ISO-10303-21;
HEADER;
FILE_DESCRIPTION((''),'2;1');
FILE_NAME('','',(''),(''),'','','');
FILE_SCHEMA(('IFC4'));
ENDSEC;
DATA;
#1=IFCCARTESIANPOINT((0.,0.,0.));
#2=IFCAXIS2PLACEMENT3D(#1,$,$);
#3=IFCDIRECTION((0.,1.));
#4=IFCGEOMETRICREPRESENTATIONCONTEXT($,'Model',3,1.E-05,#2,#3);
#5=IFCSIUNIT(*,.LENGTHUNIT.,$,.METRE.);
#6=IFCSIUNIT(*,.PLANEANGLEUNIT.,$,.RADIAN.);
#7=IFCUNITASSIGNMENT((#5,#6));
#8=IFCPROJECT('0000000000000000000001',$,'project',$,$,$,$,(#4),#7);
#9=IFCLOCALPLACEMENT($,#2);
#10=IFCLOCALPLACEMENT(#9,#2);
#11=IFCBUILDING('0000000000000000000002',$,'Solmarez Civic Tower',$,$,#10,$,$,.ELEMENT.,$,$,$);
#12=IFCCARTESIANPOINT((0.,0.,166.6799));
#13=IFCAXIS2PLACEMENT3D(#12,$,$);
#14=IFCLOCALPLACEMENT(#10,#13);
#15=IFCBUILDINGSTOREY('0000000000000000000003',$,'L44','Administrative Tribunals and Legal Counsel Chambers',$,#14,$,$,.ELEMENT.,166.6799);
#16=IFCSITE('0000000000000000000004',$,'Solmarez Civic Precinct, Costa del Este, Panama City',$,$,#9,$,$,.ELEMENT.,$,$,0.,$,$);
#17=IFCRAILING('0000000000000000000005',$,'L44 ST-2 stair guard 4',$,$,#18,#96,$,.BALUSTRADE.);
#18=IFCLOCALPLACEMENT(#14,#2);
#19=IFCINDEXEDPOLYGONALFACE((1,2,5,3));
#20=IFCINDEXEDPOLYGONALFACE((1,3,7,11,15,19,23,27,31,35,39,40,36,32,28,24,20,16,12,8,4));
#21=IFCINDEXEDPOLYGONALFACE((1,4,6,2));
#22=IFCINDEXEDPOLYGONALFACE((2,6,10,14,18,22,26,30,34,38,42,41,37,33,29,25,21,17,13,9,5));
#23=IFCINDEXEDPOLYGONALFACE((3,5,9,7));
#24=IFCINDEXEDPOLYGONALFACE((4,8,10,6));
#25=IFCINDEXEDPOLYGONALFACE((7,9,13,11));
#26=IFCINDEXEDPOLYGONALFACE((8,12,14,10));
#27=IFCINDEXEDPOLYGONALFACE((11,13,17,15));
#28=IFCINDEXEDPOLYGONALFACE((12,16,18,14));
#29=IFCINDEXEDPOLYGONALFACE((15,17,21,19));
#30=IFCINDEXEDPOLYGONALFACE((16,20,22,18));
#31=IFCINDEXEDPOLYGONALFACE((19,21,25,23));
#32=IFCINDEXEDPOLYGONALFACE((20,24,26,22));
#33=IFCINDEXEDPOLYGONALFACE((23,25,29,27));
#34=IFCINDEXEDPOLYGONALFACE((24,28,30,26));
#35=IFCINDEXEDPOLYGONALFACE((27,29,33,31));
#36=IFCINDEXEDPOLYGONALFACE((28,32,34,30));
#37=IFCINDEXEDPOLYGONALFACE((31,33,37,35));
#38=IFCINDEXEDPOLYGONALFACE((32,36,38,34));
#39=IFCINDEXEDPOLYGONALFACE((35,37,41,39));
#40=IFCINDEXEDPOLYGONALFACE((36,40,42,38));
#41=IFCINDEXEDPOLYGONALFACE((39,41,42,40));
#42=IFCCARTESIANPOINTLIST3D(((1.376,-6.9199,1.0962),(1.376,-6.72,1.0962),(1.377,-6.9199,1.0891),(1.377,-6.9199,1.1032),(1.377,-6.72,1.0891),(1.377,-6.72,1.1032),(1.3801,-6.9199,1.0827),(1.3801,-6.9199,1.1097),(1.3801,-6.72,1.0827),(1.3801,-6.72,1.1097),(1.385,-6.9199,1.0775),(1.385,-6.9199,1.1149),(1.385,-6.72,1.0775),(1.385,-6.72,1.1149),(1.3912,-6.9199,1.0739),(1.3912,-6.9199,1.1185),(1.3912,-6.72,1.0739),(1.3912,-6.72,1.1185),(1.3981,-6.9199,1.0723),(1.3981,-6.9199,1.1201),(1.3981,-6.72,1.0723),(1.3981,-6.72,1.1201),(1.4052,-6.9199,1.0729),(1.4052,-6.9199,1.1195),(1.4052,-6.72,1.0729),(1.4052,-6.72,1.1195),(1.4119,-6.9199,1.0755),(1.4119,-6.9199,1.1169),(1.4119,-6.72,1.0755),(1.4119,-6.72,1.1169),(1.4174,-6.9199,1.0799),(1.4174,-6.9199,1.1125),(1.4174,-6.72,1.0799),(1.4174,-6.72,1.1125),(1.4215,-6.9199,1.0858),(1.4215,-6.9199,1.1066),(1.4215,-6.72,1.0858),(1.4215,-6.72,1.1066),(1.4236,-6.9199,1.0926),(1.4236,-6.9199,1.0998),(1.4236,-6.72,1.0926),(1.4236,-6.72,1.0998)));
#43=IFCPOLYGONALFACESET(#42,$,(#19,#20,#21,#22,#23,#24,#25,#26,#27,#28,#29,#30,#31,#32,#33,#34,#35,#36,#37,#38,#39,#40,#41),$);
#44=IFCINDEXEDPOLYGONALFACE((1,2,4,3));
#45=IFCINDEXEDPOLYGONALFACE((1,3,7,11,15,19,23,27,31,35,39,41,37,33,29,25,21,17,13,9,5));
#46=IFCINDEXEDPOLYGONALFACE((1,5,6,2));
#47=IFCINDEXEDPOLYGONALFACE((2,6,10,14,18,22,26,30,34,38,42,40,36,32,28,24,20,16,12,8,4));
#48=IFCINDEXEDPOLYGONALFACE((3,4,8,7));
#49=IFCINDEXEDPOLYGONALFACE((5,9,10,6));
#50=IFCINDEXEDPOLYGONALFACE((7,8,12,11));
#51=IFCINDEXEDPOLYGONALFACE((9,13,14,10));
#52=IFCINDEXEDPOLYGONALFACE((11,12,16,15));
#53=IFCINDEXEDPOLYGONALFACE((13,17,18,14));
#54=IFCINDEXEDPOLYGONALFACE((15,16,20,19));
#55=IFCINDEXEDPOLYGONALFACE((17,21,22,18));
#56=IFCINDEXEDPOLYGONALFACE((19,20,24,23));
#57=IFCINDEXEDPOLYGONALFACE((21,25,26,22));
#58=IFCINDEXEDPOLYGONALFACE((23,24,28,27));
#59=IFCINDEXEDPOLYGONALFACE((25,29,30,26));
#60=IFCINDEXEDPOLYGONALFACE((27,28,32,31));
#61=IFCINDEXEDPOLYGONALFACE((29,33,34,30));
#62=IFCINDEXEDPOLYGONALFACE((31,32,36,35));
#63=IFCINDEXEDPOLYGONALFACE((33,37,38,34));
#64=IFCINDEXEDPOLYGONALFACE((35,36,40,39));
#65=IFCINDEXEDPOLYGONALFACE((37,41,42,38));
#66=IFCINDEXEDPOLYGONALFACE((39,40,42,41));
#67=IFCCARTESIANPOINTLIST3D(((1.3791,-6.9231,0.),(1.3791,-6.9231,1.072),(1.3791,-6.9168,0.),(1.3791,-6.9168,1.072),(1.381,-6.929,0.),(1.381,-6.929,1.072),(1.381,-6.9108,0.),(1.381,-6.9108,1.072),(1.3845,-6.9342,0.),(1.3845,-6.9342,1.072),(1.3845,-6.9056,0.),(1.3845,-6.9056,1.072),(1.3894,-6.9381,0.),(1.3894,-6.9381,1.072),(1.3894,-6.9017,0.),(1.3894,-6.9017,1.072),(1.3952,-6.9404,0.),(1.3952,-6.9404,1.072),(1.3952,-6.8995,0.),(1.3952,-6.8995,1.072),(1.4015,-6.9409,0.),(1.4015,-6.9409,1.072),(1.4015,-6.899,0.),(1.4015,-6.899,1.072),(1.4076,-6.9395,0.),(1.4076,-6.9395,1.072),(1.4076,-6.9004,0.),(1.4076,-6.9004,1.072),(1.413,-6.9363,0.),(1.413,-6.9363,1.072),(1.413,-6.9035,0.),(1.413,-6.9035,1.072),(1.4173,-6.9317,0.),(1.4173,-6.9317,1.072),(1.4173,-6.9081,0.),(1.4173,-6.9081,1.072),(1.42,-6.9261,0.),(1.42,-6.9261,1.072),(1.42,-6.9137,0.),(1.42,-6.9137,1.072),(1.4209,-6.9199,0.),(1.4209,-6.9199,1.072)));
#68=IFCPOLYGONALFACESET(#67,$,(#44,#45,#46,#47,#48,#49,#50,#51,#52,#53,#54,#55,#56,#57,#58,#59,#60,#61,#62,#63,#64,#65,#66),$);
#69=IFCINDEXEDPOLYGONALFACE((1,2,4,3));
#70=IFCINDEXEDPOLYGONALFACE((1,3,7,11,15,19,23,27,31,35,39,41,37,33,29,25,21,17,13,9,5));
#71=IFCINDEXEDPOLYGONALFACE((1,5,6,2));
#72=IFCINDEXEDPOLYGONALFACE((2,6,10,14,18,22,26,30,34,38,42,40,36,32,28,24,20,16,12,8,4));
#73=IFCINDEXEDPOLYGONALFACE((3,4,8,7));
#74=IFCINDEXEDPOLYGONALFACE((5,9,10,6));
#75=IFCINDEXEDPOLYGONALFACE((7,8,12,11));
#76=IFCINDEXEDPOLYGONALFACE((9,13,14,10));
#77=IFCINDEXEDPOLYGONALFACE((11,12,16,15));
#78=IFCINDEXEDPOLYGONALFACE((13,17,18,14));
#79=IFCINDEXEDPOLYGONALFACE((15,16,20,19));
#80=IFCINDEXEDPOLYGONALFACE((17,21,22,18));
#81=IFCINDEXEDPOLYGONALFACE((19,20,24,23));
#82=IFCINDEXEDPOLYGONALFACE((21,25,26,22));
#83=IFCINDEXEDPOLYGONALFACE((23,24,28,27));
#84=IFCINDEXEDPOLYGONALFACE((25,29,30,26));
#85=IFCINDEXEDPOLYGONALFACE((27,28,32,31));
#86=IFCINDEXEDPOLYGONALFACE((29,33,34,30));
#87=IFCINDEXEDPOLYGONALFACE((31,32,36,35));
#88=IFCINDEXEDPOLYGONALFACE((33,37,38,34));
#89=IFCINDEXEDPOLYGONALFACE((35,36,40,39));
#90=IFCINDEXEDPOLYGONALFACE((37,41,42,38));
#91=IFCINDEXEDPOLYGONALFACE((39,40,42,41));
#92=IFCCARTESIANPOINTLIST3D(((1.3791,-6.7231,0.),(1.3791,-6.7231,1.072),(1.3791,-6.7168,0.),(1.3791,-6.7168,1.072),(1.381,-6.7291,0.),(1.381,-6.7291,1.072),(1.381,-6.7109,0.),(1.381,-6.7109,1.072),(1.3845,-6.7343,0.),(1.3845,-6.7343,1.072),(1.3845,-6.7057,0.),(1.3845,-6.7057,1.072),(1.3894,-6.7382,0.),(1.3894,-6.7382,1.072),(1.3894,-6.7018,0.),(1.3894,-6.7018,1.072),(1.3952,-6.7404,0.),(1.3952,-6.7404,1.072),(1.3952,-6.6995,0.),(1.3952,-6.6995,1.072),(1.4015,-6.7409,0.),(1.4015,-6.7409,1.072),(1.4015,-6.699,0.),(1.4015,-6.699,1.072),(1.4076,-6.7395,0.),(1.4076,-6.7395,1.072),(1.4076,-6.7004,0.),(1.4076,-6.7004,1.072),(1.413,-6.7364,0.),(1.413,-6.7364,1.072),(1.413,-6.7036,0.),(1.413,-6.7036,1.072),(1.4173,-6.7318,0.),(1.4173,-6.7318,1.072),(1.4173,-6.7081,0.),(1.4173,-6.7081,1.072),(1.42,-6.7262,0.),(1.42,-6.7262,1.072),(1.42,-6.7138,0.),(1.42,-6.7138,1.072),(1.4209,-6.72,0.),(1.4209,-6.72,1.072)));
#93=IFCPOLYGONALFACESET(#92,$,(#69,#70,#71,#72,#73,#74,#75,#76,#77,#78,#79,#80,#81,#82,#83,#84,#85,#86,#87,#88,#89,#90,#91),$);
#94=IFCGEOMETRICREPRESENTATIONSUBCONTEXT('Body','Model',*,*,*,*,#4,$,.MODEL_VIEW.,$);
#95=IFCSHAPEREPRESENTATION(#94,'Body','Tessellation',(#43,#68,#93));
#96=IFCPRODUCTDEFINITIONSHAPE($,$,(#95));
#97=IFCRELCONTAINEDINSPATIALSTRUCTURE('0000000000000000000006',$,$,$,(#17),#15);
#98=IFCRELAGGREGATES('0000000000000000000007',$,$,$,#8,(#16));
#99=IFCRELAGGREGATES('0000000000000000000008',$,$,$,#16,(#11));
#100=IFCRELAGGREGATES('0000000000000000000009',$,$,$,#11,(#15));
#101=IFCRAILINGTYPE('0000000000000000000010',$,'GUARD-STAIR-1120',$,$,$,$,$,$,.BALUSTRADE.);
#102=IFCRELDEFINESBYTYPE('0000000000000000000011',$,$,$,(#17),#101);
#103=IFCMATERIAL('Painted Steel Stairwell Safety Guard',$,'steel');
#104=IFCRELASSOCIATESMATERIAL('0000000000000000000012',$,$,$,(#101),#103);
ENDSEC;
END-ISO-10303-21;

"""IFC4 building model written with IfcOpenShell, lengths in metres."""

from ifc_helpers import new_model, si_unit, direction, frame, origin, origin_2d, place, context, subcontext, project, spatial, circle, extrude, material, type_object, element, save


model = new_model("IFC4")

# Units and contexts
model_context = context("Model", 3, precision=1e-05, world=origin(), true_north=direction((0.0, 1.0)))
body_context = subcontext(model_context, "Body", "Model", "MODEL_VIEW")
ifc_project = project(units=[si_unit("LENGTHUNIT", "METRE"), si_unit("PLANEANGLEUNIT", "RADIAN")], contexts=[model_context])

# Site, building, storey
site_placement = place(None, origin())
site = spatial("IfcSite", under=ifc_project, at=site_placement, Name="Solmarez Civic Precinct, Costa del Este, Panama City", CompositionType="ELEMENT", RefElevation=0.0)
building_placement = place(site_placement, origin())
building = spatial("IfcBuilding", under=site, at=building_placement, Name="Solmarez Civic Tower", CompositionType="ELEMENT")
storey_placement = place(building_placement, frame((0.0, 0.0, 166.6799)))
storey = spatial("IfcBuildingStorey", under=building, at=storey_placement, Name="L44", Description="Administrative Tribunals and Legal Counsel Chambers", CompositionType="ELEMENT", Elevation=166.6799)

# Railing
ifc_material_1 = material(Name="Painted Steel Stairwell Safety Guard", Category="steel")
railing_type_1 = type_object("IfcRailingType", Name="GUARD-STAIR-1120", PredefinedType="BALUSTRADE", material=ifc_material_1)
railing_1_placement = place(storey_placement, frame((1.3999, -6.9199, 0.0)))
element("IfcRailing", 1, at=railing_1_placement, inside=storey, type_object=railing_type_1, Name="L44 ST-2 stair guard 4", PredefinedType="BALUSTRADE", context=body_context, shape_type="SweptSolid", body=[
    extrude(circle(Radius=0.0239, at=origin_2d()), frame((0.0, 0.0, 1.0962), z_axis=(0.0, 1.0, 0.0), x_axis=(-1.0, 0.0, 0.0)), (0.0, 0.0, 1.0), 0.2),
    extrude(circle(Radius=0.021, at=origin_2d()), origin(), (0.0, 0.0, 1.0), 1.072),
    extrude(circle(Radius=0.021, at=origin_2d()), frame((0.0, 0.2, 0.0)), (0.0, 0.0, 1.0), 1.072),
])

save(model, "model.ifc")
